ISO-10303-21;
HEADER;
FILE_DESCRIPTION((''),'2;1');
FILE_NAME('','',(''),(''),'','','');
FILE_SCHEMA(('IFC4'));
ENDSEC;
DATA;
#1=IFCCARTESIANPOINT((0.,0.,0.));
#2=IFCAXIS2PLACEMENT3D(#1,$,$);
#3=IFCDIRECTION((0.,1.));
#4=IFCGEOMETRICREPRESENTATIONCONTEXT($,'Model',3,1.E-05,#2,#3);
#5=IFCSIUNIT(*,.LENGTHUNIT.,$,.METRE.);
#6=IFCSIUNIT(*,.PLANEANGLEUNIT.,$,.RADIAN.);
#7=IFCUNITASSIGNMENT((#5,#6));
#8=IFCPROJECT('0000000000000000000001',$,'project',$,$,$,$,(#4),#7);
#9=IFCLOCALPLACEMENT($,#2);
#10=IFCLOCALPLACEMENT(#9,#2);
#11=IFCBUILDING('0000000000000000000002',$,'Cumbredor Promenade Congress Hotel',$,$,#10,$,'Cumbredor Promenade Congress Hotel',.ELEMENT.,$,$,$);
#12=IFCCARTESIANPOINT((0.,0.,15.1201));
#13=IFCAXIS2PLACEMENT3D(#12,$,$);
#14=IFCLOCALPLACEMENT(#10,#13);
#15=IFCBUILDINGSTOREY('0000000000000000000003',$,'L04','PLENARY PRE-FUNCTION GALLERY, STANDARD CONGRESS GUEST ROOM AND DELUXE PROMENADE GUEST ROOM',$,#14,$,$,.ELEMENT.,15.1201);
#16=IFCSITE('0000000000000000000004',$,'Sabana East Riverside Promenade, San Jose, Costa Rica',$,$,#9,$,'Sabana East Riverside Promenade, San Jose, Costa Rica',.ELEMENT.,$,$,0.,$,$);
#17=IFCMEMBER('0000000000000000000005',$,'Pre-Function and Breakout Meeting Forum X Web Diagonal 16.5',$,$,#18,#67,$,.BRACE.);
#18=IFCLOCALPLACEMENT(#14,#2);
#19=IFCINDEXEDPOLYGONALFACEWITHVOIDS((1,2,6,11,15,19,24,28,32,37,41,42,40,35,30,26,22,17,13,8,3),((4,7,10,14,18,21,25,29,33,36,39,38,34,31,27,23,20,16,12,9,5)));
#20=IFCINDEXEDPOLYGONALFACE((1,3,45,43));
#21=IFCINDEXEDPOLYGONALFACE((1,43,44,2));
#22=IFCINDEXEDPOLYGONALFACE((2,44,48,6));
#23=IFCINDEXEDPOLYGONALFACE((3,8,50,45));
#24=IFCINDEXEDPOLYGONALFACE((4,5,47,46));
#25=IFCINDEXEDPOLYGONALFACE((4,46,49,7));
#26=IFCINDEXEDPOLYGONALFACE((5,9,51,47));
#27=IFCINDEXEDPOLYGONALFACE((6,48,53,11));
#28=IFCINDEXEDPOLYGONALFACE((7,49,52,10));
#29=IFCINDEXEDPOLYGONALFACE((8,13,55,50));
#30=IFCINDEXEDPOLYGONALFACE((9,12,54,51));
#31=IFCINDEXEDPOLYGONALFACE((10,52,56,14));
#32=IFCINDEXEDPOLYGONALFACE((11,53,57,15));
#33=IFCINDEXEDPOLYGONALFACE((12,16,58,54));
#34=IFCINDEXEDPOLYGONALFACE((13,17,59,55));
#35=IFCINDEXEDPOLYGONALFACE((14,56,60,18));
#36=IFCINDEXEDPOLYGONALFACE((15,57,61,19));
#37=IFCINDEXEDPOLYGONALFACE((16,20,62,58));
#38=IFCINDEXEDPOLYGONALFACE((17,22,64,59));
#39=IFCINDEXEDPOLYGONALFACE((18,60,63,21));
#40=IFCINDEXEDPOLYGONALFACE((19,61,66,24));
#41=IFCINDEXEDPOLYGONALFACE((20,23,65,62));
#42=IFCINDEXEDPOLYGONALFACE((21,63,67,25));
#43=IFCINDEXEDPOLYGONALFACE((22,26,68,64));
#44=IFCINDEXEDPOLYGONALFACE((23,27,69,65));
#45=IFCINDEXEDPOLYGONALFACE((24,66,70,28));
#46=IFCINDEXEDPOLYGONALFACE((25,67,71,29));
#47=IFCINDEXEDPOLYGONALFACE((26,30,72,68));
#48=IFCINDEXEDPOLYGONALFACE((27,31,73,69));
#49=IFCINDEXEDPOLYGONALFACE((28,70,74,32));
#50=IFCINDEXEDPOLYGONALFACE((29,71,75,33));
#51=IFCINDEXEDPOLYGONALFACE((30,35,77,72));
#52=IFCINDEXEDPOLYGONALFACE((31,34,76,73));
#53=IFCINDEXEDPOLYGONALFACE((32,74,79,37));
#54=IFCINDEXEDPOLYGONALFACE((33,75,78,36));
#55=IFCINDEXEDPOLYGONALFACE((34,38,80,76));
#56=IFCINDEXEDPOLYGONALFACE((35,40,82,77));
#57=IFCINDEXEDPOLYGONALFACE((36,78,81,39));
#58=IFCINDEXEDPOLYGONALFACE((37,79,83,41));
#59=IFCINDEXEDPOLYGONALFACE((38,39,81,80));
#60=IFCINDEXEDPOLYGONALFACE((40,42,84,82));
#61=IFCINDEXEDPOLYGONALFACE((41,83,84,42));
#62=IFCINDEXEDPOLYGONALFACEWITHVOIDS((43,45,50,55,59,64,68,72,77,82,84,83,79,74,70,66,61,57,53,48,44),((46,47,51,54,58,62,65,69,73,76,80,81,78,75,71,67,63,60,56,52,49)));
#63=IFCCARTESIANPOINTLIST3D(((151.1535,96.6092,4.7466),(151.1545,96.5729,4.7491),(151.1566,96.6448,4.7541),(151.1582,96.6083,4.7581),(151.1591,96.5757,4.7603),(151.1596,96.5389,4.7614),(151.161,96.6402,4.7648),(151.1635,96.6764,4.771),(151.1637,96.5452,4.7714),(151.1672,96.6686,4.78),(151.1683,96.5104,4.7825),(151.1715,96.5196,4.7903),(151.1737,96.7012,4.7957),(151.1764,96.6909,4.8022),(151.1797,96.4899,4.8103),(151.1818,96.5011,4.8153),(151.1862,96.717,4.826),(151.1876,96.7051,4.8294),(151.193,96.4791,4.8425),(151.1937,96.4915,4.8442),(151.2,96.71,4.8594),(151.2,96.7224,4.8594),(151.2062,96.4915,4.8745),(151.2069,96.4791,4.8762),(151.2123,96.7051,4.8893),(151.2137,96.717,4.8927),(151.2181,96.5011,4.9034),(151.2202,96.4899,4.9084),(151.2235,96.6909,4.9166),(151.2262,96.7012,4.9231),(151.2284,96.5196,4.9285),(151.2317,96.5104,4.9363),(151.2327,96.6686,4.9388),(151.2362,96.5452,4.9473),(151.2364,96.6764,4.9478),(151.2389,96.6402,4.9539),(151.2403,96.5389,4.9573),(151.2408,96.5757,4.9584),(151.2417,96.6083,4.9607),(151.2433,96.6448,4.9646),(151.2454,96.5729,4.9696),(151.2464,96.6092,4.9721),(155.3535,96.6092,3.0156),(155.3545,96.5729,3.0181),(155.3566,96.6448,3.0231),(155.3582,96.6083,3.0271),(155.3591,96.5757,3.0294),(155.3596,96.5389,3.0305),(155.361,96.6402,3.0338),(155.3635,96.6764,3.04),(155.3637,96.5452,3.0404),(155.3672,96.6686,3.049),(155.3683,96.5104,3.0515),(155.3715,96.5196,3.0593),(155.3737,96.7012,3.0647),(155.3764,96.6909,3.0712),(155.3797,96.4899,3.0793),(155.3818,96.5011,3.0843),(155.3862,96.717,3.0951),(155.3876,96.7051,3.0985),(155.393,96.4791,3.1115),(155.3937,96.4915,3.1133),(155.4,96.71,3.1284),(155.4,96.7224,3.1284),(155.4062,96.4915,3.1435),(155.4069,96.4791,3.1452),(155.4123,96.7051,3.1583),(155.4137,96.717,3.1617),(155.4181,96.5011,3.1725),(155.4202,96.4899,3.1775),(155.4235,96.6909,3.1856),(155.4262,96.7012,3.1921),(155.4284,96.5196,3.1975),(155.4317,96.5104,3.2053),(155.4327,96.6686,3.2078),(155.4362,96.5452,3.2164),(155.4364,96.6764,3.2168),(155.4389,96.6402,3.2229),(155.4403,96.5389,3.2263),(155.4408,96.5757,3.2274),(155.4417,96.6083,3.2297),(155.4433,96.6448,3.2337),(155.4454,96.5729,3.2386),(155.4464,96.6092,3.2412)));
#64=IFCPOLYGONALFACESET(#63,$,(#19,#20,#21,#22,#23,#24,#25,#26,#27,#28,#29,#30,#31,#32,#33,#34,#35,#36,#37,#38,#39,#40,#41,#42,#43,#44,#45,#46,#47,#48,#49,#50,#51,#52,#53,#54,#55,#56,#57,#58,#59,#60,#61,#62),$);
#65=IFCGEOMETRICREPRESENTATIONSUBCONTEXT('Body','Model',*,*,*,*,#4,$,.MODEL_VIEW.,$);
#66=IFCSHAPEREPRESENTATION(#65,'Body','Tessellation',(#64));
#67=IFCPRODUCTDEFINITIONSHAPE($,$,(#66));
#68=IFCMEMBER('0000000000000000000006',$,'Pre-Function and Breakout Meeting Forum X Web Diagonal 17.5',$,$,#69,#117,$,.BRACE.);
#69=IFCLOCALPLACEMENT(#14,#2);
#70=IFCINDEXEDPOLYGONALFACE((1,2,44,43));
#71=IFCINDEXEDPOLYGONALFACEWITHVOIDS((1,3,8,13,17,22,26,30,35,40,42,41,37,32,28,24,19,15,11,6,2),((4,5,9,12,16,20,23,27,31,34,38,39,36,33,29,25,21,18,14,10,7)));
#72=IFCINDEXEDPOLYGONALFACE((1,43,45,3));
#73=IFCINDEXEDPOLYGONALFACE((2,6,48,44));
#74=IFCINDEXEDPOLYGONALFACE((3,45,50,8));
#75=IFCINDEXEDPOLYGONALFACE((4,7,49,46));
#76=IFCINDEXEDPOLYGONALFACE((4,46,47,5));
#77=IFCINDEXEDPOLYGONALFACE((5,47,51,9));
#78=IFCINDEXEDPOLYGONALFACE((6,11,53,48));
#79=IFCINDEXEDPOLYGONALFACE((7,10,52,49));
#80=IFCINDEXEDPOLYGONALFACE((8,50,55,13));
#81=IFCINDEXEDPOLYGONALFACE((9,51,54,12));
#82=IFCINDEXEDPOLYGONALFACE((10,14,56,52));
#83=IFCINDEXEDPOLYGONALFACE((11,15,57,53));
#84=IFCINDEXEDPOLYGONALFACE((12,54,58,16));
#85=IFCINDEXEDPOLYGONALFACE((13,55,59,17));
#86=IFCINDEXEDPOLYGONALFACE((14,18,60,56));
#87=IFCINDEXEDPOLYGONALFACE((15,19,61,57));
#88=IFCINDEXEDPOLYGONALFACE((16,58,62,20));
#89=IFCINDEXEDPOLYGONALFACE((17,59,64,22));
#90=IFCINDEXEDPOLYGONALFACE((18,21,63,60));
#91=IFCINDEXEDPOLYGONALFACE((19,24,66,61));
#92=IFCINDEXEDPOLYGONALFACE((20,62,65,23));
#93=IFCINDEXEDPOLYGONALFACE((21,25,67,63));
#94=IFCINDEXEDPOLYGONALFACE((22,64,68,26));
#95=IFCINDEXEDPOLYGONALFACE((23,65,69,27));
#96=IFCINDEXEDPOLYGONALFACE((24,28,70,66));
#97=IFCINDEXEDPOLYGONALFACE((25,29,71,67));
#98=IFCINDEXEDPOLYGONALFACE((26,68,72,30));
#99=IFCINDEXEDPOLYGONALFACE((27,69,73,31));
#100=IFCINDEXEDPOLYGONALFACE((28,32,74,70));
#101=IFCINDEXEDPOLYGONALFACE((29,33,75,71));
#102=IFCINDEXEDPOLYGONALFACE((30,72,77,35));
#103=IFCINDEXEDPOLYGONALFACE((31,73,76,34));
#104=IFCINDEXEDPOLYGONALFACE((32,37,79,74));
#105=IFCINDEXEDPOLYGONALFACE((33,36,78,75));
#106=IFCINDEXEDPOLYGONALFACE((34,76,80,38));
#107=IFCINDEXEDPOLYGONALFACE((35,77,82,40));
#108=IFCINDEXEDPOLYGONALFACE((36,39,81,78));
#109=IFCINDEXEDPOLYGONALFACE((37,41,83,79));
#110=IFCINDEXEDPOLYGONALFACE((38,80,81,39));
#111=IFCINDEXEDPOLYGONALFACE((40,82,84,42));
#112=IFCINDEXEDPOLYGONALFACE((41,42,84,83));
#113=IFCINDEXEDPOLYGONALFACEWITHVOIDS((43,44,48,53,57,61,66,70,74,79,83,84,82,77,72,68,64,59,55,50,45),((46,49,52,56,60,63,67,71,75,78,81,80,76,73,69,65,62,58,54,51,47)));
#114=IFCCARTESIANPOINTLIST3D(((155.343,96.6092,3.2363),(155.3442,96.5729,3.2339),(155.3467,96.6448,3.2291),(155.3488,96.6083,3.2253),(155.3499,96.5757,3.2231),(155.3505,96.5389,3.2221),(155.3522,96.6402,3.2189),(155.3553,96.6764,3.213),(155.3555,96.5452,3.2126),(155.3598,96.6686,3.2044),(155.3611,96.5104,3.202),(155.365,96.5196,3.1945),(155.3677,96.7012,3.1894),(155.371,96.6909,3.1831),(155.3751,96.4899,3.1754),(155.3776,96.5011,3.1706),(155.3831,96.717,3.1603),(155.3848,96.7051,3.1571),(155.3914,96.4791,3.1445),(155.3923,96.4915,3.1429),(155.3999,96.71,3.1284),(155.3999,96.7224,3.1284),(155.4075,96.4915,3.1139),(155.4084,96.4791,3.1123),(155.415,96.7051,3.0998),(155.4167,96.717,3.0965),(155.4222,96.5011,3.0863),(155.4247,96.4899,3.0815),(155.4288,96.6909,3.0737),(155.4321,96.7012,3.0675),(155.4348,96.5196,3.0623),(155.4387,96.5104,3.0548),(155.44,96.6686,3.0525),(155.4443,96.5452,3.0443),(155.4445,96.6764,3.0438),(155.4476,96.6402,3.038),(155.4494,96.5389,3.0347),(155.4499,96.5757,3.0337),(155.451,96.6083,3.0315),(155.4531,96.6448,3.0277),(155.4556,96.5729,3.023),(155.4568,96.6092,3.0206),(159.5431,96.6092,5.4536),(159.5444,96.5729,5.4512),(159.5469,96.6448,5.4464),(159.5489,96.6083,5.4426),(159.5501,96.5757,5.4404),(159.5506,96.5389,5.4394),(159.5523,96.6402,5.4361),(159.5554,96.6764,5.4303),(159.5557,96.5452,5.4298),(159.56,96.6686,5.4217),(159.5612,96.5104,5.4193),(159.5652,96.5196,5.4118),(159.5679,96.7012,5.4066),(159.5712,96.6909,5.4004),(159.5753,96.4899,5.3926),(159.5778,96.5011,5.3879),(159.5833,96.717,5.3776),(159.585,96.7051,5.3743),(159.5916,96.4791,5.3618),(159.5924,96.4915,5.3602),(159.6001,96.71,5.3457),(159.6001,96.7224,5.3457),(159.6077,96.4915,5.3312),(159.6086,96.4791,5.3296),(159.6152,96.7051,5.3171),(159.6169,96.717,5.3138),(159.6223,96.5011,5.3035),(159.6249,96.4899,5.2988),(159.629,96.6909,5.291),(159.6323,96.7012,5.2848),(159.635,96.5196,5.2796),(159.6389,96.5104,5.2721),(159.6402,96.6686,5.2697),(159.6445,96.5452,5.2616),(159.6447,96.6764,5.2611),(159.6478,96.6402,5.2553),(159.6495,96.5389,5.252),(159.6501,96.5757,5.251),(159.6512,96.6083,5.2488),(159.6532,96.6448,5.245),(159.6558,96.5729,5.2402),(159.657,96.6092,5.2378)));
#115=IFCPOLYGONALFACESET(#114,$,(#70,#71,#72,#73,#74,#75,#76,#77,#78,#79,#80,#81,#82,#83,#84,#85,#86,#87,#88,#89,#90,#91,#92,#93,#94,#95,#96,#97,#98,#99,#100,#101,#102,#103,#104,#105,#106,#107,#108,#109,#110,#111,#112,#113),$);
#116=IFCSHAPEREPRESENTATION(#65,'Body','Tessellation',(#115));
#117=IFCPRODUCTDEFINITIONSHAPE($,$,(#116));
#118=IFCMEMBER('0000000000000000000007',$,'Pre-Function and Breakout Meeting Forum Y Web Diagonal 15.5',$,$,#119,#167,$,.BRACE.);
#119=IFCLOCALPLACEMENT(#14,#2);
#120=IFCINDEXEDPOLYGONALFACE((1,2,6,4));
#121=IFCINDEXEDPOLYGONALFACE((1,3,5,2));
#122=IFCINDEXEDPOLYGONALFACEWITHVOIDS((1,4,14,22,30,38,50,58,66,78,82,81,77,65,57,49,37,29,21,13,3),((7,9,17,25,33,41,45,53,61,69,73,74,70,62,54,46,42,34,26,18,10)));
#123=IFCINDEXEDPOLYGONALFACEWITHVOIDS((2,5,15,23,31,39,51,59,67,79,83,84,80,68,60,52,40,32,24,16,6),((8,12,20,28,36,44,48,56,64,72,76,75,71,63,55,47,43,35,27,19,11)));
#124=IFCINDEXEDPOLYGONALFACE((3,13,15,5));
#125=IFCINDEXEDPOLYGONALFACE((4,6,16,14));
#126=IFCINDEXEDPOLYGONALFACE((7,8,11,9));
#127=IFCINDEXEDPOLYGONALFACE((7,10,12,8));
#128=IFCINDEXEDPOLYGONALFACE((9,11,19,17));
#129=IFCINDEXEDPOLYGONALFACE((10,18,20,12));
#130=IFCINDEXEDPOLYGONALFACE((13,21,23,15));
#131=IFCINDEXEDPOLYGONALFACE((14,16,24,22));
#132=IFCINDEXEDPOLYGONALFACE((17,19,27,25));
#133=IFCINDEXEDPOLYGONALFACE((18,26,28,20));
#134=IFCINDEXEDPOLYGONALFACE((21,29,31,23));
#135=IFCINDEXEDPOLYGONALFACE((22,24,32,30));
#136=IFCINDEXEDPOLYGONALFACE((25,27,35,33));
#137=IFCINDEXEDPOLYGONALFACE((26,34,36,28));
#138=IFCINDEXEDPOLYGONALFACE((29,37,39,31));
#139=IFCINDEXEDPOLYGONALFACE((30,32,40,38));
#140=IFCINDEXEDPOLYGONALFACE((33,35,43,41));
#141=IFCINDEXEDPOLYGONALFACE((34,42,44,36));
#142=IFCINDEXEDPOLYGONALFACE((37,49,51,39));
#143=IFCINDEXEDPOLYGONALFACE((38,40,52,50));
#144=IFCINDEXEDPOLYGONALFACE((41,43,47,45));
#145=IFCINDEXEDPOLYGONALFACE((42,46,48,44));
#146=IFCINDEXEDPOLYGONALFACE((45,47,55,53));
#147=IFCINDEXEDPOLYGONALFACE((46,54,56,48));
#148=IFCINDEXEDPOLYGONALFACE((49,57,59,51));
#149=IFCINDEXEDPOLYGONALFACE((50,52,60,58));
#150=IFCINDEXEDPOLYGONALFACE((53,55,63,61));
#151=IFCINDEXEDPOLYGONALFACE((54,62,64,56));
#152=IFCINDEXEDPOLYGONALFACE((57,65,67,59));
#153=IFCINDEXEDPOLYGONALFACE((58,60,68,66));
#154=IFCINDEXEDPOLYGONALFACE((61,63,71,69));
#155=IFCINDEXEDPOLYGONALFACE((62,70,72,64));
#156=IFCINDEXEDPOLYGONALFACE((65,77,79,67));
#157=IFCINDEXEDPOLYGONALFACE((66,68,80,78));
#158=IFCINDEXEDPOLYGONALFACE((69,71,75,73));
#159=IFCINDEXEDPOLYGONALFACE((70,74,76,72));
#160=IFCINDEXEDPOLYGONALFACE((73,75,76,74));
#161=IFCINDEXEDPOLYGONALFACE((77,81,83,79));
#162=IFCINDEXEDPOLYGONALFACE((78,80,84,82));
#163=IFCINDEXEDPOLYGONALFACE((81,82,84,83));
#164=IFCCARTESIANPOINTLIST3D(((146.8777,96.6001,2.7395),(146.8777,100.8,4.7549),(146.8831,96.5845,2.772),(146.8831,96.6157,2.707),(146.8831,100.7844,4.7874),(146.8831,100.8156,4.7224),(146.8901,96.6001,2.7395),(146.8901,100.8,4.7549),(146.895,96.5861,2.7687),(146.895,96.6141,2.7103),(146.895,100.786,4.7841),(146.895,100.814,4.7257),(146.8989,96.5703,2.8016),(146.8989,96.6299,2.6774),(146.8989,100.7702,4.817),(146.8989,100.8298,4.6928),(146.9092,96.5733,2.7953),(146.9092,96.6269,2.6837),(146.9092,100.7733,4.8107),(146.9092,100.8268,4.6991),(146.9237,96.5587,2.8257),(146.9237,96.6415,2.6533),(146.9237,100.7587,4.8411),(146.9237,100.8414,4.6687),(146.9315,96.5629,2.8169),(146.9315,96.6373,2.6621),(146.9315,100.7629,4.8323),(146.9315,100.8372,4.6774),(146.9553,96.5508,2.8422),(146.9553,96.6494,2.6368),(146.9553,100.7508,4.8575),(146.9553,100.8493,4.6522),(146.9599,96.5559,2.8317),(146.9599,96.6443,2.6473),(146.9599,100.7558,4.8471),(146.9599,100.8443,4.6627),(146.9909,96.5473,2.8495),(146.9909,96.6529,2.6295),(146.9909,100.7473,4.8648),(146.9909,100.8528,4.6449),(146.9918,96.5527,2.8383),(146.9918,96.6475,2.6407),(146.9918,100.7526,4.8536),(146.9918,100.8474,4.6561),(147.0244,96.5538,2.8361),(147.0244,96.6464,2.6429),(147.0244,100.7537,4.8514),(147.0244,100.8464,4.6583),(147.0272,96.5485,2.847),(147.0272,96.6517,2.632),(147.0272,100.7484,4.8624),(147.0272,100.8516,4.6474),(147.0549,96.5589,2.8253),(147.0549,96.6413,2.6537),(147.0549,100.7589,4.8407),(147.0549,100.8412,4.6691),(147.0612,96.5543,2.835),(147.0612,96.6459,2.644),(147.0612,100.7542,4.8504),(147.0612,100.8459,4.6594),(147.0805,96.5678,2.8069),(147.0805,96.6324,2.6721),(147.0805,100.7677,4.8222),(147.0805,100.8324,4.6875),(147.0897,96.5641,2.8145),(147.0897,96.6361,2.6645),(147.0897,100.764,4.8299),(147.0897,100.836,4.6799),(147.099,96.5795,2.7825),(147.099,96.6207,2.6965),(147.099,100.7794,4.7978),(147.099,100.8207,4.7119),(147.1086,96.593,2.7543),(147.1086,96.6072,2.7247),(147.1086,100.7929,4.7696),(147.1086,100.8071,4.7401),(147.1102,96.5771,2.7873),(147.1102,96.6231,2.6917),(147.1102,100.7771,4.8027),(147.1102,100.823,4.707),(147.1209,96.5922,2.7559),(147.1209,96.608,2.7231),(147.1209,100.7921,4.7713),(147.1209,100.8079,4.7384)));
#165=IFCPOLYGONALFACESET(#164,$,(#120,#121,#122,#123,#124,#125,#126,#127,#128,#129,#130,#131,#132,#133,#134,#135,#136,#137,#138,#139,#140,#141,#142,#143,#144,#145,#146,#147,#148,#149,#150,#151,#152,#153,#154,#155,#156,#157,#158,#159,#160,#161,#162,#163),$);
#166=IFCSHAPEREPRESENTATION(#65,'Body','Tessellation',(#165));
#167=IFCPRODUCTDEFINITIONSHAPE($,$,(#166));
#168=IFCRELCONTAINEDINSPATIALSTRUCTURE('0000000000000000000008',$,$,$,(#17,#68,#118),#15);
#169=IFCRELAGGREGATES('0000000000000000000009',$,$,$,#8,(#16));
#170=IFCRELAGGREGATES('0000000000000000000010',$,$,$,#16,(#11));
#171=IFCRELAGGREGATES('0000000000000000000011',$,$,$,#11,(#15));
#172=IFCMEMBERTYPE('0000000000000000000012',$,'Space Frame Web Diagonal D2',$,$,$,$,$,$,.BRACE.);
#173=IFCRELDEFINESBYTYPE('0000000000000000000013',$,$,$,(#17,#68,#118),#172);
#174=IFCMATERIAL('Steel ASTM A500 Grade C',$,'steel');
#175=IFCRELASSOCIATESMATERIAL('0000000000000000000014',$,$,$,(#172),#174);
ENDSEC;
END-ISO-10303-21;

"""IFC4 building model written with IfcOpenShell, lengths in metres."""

from ifc_helpers import new_model, si_unit, direction, frame, origin, origin_2d, place, context, subcontext, project, spatial, hollow_circle, extrude, material, material_profile, profile_set, type_object, element, save


model = new_model("IFC4")

# Units and contexts
model_context = context("Model", 3, precision=1e-05, world=origin(), true_north=direction((0.0, 1.0)))
body_context = subcontext(model_context, "Body", "Model", "MODEL_VIEW")
ifc_project = project(units=[si_unit("LENGTHUNIT", "METRE"), si_unit("PLANEANGLEUNIT", "RADIAN")], contexts=[model_context])

# Site, building, storey
site_placement = place(None, origin())
site = spatial("IfcSite", under=ifc_project, at=site_placement, Name="Sabana East Riverside Promenade, San Jose, Costa Rica", LongName="Sabana East Riverside Promenade, San Jose, Costa Rica", CompositionType="ELEMENT", RefElevation=0.0)
building_placement = place(site_placement, origin())
building = spatial("IfcBuilding", under=site, at=building_placement, Name="Cumbredor Promenade Congress Hotel", LongName="Cumbredor Promenade Congress Hotel", CompositionType="ELEMENT")
storey_placement = place(building_placement, frame((0.0, 0.0, 15.1201)))
storey = spatial("IfcBuildingStorey", under=building, at=storey_placement, Name="L04", Description="PLENARY PRE-FUNCTION GALLERY, STANDARD CONGRESS GUEST ROOM AND DELUXE PROMENADE GUEST ROOM", CompositionType="ELEMENT", Elevation=15.1201)

# Members
ifc_material_1 = material(Name="Steel ASTM A500 Grade C", Category="steel")
ifc_material_profile_1 = material_profile(ifc_material_1, hollow_circle(Radius=0.1223, WallThickness=0.0125, at=origin_2d()), Name="CHS 244.5x12.5")
ifc_profile_set_1 = profile_set([ifc_material_profile_1], Name="Steel ASTM A500 Grade C")
member_type_1 = type_object("IfcMemberType", Name="Space Frame Web Diagonal D2", PredefinedType="BRACE", material=ifc_profile_set_1)
member_1_placement = place(storey_placement, frame((151.2, 96.6001, 4.8594), z_axis=(0.924557, 0.0, -0.381044), x_axis=(0.0, 1.0, 0.0)))
element("IfcMember", 1, at=member_1_placement, inside=storey, type_object=member_type_1, Name="Pre-Function and Breakout Meeting Forum X Web Diagonal 16.5", PredefinedType="BRACE", context=body_context, shape_type="SweptSolid", body=[
    extrude(hollow_circle(Radius=0.1223, WallThickness=0.0125, at=origin_2d()), origin(), (0.0, 0.0, 1.0), 4.5427),
])
member_2_placement = place(storey_placement, frame((155.3999, 96.6001, 3.1284), z_axis=(0.88434, 0.0, 0.466843), x_axis=(0.0, 1.0, 0.0)))
element("IfcMember", 2, at=member_2_placement, inside=storey, type_object=member_type_1, Name="Pre-Function and Breakout Meeting Forum X Web Diagonal 17.5", PredefinedType="BRACE", context=body_context, shape_type="SweptSolid", body=[
    extrude(hollow_circle(Radius=0.1223, WallThickness=0.0125, at=origin_2d()), origin(), (0.0, 0.0, 1.0), 4.7495),
])
member_3_placement = place(storey_placement, frame((147.0, 96.6001, 2.7395), z_axis=(0.0, 0.901573, 0.432627), x_axis=(-1.0, 0.0, 0.0)))
element("IfcMember", 3, at=member_3_placement, inside=storey, type_object=member_type_1, Name="Pre-Function and Breakout Meeting Forum Y Web Diagonal 15.5", PredefinedType="BRACE", context=body_context, shape_type="SweptSolid", body=[
    extrude(hollow_circle(Radius=0.1223, WallThickness=0.0125, at=origin_2d()), origin(), (0.0, 0.0, 1.0), 4.6584),
])

save(model, "model.ifc")
